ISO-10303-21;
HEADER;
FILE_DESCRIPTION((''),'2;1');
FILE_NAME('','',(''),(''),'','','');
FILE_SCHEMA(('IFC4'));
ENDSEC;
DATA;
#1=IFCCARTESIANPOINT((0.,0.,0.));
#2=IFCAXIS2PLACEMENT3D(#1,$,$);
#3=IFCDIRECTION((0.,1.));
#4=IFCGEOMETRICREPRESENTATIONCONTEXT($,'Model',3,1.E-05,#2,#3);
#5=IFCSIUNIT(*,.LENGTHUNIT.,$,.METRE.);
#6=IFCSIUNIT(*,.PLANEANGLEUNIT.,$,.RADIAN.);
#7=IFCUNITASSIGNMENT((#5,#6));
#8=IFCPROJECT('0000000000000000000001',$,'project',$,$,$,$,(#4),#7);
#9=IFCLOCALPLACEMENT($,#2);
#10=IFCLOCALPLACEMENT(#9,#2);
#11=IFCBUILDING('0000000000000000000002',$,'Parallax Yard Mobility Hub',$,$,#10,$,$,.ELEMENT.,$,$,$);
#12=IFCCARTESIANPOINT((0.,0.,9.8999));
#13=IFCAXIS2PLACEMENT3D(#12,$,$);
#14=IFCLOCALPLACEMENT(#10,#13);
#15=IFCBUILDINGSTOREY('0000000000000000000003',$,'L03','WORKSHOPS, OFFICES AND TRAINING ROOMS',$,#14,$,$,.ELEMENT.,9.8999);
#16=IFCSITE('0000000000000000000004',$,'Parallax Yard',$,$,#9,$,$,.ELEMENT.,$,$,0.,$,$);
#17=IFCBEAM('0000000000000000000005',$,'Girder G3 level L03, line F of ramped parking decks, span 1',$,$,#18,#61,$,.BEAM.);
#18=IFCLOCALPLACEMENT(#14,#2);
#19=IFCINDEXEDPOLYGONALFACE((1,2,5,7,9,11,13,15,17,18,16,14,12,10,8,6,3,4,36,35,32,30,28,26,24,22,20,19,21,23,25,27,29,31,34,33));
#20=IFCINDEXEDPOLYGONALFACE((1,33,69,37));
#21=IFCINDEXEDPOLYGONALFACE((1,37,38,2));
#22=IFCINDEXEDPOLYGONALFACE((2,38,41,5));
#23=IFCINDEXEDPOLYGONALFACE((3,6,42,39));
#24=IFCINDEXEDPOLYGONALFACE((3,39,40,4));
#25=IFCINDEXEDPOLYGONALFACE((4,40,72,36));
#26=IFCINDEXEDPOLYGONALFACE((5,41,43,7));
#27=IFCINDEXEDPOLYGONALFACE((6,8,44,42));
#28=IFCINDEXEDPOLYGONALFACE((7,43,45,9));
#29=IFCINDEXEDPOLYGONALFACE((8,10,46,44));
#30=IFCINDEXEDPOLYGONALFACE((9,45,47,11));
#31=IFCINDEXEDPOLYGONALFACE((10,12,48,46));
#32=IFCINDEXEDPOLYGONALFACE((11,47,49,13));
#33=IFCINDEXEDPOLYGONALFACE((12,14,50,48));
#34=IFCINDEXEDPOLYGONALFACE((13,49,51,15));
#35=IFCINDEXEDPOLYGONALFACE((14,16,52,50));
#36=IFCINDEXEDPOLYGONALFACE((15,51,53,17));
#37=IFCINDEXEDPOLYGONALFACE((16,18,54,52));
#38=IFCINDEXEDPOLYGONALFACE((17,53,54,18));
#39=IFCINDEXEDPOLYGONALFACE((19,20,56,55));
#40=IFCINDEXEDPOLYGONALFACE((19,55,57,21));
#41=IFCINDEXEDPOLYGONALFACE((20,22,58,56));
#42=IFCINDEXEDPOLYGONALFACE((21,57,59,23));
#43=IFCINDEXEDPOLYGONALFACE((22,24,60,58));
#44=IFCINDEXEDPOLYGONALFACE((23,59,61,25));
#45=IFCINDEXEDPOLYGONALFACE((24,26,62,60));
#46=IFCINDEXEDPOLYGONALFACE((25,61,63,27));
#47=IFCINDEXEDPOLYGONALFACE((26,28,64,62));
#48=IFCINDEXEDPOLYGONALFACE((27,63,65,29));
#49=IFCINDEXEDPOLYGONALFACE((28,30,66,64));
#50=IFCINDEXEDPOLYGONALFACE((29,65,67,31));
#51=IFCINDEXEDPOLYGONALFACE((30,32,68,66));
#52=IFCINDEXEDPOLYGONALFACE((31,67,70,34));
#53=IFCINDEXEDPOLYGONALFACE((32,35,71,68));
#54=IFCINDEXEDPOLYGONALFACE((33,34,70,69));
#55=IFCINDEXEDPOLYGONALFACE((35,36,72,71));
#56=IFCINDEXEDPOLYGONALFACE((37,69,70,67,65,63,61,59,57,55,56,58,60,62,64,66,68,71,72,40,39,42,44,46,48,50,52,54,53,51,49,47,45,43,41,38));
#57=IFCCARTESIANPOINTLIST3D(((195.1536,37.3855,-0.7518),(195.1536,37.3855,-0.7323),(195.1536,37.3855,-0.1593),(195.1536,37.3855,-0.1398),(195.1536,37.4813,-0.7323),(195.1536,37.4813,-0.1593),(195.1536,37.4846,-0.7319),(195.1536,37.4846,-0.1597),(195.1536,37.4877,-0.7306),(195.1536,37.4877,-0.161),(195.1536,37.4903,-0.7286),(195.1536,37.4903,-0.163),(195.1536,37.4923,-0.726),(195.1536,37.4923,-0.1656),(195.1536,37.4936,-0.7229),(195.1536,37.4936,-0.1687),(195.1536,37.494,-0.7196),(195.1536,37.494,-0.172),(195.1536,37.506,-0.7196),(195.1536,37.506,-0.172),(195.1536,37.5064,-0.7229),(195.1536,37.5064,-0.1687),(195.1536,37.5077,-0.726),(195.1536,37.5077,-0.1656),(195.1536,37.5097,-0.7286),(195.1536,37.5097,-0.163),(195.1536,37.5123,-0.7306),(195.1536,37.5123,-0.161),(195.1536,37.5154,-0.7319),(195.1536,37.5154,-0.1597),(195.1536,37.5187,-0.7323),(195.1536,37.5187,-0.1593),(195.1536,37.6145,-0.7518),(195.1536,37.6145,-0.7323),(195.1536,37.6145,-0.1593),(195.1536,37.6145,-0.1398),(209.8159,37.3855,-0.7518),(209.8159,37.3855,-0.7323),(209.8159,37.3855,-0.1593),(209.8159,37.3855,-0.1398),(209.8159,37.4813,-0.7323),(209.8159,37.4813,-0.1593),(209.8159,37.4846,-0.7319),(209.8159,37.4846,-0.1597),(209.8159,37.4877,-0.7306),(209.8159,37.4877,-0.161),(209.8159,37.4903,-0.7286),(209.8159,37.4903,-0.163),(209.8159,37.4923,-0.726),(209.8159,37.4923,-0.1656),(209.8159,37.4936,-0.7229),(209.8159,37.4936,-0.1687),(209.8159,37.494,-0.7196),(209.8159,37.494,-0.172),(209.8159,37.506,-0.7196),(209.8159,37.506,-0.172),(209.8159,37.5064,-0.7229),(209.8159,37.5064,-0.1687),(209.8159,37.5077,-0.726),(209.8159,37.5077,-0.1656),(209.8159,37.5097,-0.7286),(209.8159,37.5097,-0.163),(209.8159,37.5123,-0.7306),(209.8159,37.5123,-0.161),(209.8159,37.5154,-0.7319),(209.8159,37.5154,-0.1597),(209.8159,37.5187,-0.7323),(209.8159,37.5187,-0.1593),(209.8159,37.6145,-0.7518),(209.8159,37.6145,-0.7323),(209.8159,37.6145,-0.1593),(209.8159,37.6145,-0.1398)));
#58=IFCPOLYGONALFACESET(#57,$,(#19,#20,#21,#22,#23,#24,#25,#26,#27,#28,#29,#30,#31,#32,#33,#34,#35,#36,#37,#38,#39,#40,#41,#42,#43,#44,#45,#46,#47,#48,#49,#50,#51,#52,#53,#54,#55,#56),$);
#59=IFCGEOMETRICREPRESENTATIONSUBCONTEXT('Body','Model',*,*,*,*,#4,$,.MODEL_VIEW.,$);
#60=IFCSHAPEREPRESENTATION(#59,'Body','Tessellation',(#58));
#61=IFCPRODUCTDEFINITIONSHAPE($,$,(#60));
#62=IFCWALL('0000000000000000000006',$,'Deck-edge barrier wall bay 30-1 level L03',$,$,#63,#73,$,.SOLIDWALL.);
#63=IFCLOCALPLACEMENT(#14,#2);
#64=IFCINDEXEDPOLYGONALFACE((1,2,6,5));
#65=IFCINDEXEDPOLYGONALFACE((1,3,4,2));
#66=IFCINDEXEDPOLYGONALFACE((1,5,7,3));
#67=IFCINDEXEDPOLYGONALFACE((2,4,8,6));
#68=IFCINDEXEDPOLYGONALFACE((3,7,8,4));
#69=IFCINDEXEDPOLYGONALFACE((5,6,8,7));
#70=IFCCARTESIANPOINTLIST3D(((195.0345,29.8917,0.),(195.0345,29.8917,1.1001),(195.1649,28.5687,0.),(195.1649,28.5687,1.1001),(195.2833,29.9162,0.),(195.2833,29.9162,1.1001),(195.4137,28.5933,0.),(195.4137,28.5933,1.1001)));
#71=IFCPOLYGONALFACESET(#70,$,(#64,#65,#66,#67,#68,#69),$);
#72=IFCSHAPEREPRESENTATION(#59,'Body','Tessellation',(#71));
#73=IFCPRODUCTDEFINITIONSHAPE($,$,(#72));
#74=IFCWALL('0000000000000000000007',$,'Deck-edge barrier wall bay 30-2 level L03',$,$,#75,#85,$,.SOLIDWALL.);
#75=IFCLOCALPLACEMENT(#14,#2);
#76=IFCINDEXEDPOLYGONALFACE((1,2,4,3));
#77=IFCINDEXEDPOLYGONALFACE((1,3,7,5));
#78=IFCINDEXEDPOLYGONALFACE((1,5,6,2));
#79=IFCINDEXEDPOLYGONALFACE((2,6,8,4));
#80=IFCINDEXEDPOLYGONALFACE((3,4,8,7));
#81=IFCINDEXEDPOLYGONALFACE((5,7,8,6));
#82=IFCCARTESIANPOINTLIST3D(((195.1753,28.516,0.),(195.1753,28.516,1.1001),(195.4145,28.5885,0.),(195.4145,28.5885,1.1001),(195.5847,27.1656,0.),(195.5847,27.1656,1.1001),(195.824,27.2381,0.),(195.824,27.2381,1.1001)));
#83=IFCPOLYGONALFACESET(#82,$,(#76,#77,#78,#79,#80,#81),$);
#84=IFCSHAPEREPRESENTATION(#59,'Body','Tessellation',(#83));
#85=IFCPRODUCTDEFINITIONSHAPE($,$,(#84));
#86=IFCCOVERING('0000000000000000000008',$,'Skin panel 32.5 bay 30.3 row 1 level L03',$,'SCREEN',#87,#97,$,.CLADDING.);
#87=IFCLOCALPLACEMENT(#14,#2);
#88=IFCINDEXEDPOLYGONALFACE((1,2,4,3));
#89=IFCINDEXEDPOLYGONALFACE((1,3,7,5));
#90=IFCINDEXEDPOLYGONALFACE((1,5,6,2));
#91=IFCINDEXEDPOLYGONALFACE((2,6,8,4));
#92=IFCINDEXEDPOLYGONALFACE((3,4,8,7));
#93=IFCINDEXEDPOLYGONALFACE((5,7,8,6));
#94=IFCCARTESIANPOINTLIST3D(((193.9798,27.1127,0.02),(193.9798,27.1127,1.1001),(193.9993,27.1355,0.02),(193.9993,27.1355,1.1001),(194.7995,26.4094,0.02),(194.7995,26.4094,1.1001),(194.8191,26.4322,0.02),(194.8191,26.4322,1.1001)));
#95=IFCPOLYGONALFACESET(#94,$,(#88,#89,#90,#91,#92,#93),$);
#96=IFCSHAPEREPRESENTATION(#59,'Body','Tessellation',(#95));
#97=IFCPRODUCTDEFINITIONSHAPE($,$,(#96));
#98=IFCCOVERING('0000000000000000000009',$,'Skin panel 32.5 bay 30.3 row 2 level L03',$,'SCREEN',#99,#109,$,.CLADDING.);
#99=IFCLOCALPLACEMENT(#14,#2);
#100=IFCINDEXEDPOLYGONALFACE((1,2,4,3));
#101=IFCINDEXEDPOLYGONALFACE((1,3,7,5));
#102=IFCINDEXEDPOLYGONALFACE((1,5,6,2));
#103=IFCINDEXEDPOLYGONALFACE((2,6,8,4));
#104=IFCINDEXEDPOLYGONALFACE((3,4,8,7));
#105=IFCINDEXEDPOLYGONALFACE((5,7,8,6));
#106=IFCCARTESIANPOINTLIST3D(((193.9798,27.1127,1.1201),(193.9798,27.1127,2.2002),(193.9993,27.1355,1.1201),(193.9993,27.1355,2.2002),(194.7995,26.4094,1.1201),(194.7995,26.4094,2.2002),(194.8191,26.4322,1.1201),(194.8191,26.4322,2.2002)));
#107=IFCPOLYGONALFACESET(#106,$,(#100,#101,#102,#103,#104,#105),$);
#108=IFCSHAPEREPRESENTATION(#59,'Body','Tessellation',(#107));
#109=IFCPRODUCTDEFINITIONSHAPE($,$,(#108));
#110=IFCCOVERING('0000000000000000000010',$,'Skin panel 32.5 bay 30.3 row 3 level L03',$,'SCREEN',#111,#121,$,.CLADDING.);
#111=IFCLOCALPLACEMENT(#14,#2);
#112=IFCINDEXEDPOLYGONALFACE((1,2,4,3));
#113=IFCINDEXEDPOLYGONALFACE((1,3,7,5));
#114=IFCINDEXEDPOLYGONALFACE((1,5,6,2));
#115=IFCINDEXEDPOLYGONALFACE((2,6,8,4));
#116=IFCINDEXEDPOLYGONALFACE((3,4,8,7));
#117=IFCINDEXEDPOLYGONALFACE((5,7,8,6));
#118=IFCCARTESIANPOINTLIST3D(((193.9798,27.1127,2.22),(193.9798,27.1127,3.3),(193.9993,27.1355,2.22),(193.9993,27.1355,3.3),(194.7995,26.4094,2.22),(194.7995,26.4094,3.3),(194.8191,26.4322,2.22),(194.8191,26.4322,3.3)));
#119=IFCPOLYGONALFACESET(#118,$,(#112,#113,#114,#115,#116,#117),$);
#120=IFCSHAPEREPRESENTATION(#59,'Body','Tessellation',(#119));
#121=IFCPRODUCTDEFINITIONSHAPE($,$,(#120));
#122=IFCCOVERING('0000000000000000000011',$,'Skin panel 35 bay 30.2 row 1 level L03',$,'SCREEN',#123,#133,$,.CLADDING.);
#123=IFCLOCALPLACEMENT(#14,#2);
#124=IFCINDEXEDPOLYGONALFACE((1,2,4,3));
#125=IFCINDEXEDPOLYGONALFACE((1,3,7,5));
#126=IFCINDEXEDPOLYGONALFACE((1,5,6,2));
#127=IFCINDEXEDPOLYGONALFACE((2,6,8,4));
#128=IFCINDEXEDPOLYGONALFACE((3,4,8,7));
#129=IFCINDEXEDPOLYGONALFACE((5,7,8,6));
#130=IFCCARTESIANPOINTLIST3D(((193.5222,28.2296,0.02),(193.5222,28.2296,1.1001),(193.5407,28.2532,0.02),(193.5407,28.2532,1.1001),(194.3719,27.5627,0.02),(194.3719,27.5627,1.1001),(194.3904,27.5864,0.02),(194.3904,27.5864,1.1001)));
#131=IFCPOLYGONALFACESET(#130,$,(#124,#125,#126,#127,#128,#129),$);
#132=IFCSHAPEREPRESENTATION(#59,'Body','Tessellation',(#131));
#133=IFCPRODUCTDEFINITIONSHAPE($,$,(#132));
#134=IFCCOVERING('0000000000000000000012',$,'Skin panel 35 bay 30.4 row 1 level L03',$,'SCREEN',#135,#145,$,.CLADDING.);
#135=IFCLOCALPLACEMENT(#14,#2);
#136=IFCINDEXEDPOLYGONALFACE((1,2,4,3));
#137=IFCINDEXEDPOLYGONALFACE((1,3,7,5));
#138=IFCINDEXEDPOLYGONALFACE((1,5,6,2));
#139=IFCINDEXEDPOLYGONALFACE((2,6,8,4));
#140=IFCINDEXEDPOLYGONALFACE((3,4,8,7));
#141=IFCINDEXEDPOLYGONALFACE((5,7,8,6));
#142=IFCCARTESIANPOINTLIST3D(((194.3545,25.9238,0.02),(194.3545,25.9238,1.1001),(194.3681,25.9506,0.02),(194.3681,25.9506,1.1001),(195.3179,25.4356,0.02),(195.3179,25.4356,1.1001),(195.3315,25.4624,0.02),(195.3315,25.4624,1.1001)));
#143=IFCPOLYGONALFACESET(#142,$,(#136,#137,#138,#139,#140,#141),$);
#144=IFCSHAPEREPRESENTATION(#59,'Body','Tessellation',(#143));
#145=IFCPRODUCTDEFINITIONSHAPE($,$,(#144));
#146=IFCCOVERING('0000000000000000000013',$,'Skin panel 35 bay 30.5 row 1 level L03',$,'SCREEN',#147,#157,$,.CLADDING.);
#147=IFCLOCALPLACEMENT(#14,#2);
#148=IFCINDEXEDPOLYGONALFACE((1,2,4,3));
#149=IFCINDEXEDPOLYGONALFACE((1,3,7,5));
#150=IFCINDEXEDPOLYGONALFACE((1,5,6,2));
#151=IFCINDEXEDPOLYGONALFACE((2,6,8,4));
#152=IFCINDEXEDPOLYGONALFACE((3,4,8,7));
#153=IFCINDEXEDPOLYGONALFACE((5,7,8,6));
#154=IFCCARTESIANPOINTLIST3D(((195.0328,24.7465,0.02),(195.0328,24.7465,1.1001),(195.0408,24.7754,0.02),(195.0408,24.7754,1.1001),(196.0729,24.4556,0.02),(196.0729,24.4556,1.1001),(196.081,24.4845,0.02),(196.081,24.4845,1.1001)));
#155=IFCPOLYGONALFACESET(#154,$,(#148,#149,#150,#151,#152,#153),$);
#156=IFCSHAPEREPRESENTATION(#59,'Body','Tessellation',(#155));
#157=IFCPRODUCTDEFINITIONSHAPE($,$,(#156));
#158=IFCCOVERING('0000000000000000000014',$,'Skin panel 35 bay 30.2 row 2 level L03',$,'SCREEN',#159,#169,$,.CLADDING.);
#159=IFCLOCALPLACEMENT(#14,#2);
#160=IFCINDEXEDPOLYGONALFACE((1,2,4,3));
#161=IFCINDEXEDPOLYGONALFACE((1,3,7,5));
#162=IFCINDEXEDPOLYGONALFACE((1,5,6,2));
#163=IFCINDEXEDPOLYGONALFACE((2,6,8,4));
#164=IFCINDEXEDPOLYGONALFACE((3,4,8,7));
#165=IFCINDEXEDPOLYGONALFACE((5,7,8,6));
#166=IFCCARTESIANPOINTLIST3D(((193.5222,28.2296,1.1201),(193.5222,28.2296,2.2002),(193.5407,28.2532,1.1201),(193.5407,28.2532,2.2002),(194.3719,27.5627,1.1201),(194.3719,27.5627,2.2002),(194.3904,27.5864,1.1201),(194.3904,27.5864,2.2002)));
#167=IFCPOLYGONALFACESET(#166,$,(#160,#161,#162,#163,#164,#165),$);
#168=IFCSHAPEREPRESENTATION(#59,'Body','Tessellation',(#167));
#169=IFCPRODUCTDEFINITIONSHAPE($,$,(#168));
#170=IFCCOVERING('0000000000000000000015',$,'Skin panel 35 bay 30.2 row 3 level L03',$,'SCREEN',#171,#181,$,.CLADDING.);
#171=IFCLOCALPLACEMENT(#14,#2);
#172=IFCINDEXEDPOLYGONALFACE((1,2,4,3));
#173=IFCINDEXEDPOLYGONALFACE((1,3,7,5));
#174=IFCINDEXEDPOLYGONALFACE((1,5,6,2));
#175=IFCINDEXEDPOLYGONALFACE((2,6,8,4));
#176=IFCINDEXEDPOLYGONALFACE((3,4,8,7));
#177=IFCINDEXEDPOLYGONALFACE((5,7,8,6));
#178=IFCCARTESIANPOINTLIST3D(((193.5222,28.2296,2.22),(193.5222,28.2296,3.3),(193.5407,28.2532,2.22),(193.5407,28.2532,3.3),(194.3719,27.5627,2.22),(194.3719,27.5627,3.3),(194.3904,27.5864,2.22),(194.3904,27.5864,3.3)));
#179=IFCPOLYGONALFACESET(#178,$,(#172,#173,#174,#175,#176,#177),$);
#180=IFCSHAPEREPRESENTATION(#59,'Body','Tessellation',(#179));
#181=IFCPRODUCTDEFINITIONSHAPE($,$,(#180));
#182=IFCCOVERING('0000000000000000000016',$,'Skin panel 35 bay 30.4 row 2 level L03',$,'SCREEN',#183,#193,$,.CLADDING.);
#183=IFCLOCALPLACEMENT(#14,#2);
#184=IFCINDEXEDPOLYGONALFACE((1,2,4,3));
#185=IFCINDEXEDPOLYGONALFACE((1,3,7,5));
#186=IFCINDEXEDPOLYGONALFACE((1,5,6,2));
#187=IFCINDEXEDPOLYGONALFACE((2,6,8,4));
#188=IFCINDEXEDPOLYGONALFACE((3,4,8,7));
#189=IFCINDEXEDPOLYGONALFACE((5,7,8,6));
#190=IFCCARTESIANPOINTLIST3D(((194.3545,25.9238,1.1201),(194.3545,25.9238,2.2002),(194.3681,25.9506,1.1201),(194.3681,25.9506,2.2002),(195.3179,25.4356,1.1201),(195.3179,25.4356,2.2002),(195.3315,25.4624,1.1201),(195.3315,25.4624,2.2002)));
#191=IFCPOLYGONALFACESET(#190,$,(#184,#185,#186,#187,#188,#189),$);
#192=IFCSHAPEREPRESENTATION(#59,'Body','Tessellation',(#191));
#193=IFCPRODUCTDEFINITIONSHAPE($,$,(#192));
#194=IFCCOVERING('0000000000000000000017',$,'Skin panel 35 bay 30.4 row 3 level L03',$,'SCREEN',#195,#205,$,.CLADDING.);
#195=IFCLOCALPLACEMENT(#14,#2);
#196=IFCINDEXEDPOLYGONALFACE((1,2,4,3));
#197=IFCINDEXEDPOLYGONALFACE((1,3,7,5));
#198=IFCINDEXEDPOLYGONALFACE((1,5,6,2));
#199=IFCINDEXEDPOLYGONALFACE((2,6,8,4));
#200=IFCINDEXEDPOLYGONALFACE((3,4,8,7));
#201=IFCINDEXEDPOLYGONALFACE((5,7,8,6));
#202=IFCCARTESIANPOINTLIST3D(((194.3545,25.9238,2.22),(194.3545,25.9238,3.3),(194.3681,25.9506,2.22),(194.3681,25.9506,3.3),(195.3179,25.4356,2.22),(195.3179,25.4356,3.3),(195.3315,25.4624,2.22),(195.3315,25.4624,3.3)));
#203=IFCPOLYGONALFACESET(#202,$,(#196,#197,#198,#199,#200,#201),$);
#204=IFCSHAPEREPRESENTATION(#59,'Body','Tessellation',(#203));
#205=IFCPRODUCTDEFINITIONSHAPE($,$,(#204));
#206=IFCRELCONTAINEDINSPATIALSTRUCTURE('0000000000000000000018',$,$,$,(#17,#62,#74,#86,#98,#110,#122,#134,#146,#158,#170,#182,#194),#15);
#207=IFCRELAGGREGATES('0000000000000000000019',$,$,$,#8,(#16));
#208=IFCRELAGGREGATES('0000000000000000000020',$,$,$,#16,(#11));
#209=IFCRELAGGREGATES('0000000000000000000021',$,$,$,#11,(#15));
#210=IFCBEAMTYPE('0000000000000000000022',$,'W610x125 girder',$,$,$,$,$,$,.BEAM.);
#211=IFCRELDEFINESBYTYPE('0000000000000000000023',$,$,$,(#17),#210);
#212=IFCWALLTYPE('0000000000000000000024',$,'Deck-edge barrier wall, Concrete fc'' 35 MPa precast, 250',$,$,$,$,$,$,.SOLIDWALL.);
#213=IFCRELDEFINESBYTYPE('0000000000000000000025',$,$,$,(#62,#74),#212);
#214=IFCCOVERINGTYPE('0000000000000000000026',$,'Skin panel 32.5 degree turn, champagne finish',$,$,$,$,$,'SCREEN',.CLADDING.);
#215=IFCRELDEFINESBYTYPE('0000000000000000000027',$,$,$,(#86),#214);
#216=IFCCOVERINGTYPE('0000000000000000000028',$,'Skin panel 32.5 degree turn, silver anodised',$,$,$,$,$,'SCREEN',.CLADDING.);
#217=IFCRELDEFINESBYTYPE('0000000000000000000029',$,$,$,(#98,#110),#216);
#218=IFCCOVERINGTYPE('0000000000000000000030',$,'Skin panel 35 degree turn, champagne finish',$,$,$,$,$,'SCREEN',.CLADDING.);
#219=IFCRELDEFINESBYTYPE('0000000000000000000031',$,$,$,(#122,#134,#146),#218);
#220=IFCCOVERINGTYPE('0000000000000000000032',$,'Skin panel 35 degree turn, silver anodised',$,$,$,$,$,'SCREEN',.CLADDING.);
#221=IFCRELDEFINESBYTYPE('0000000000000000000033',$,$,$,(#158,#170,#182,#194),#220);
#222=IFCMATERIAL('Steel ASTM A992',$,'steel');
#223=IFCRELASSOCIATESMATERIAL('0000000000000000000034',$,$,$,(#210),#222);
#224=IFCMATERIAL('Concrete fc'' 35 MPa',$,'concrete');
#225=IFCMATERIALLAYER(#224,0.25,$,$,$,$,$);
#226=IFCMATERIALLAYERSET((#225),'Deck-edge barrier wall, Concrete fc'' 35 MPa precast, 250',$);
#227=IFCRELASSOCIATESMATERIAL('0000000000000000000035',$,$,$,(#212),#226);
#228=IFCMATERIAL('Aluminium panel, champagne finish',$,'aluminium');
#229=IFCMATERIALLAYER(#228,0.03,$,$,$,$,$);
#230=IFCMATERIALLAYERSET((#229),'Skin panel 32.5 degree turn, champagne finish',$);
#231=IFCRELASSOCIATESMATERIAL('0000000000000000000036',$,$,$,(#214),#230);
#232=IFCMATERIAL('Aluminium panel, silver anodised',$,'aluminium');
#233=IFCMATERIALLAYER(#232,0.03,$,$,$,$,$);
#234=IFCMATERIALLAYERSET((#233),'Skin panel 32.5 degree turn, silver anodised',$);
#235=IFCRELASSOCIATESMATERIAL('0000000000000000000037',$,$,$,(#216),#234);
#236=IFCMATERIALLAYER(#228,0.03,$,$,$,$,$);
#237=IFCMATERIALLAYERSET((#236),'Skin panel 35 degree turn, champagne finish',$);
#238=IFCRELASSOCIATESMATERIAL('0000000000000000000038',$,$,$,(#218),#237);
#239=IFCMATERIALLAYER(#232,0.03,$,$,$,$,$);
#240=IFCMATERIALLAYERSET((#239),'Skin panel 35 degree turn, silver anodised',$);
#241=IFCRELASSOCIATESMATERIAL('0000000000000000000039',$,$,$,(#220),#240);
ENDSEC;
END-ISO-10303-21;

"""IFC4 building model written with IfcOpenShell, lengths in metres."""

from ifc_helpers import new_model, si_unit, direction, frame, frame_2d, origin, origin_2d, place, context, subcontext, project, spatial, rectangle, i_section, extrude, material, layer, layer_set, material_profile, profile_set, type_object, element, save


model = new_model("IFC4")

# Units and contexts
model_context = context("Model", 3, precision=1e-05, world=origin(), true_north=direction((0.0, 1.0)))
body_context = subcontext(model_context, "Body", "Model", "MODEL_VIEW")
ifc_project = project(units=[si_unit("LENGTHUNIT", "METRE"), si_unit("PLANEANGLEUNIT", "RADIAN")], contexts=[model_context])

# Site, building, storey
site_placement = place(None, origin())
site = spatial("IfcSite", under=ifc_project, at=site_placement, Name="Parallax Yard", CompositionType="ELEMENT", RefElevation=0.0)
building_placement = place(site_placement, origin())
building = spatial("IfcBuilding", under=site, at=building_placement, Name="Parallax Yard Mobility Hub", CompositionType="ELEMENT")
storey_placement = place(building_placement, frame((0.0, 0.0, 9.8999)))
storey = spatial("IfcBuildingStorey", under=building, at=storey_placement, Name="L03", Description="WORKSHOPS, OFFICES AND TRAINING ROOMS", CompositionType="ELEMENT", Elevation=9.8999)

# Shared definitions
ifc_material_1 = material(Name="Steel ASTM A992", Category="steel")

# Beam
ifc_material_profile_1 = material_profile(ifc_material_1, i_section(OverallWidth=0.229, OverallDepth=0.6121, WebThickness=0.012, FlangeThickness=0.0195, FilletRadius=0.0127, at=origin_2d()), Name="W610x125")
ifc_profile_set_1 = profile_set([ifc_material_profile_1], Name="Steel ASTM A992")
beam_type_1 = type_object("IfcBeamType", Name="W610x125 girder", PredefinedType="BEAM", material=ifc_profile_set_1)
beam_1_placement = place(storey_placement, frame((195.1536, 37.5, -0.4458), z_axis=(1.0, 0.0, 0.0), x_axis=(0.0, 1.0, 0.0)))
element("IfcBeam", 1, at=beam_1_placement, inside=storey, type_object=beam_type_1, Name="Girder G3 level L03, line F of ramped parking decks, span 1", PredefinedType="BEAM", context=body_context, shape_type="SweptSolid", body=[
    extrude(i_section(OverallWidth=0.229, OverallDepth=0.6121, WebThickness=0.012, FlangeThickness=0.0195, FilletRadius=0.0127, at=origin_2d()), origin(), (0.0, 0.0, 1.0), 14.6624),
])

# Walls
ifc_material_2 = material(Name="Concrete fc' 35 MPa", Category="concrete")
ifc_layer_1 = layer(ifc_material_2, 0.25)
ifc_layer_set_1 = layer_set([ifc_layer_1], Name="Deck-edge barrier wall, Concrete fc' 35 MPa precast, 250")
wall_type = type_object("IfcWallType", Name="Deck-edge barrier wall, Concrete fc' 35 MPa precast, 250", PredefinedType="SOLIDWALL", material=ifc_layer_set_1)
wall_1_placement = place(storey_placement, frame((195.1589, 29.9038, 0.0), z_axis=(0.0, 0.0, 1.0), x_axis=(0.098067, -0.99518, 0.0)))
element("IfcWall", 2, at=wall_1_placement, inside=storey, type_object=wall_type, Name="Deck-edge barrier wall bay 30-1 level L03", PredefinedType="SOLIDWALL", context=body_context, shape_type="SweptSolid", body=[
    extrude(rectangle(XDim=1.3293, YDim=0.25, at=frame_2d((0.6646, 0.0))), origin(), (0.0, 0.0, 1.0), 1.1001),
])
wall_2_placement = place(storey_placement, frame((195.2949, 28.5522, 0.0), z_axis=(0.0, 0.0, 1.0), x_axis=(0.290156, -0.956979, 0.0)))
element("IfcWall", 3, at=wall_2_placement, inside=storey, type_object=wall_type, Name="Deck-edge barrier wall bay 30-2 level L03", PredefinedType="SOLIDWALL", context=body_context, shape_type="SweptSolid", body=[
    extrude(rectangle(XDim=1.4111, YDim=0.25, at=frame_2d((0.7056, 0.0))), origin(), (0.0, 0.0, 1.0), 1.1001),
])

# Coverings
ifc_material_3 = material(Name="Aluminium panel, champagne finish", Category="aluminium")
ifc_layer_2 = layer(ifc_material_3, 0.03)
ifc_layer_set_2 = layer_set([ifc_layer_2], Name="Skin panel 32.5 degree turn, champagne finish")
covering_type_1 = type_object("IfcCoveringType", Name="Skin panel 32.5 degree turn, champagne finish", ElementType="SCREEN", PredefinedType="CLADDING", material=ifc_layer_set_2)
covering_placement = place(storey_placement, frame((194.3994, 26.7725, 0.02), z_axis=(0.0, 0.0, 1.0), x_axis=(-0.758987, 0.651105, 0.0)))
element("IfcCovering", 4, at=covering_placement, inside=storey, type_object=covering_type_1, Name="Skin panel 32.5 bay 30.3 row 1 level L03", ObjectType="SCREEN", PredefinedType="CLADDING", context=body_context, shape_type="SweptSolid", body=[
    extrude(rectangle(XDim=1.0801, YDim=0.03, at=origin_2d()), origin(), (0.0, 0.0, 1.0), 1.0801),
])
ifc_material_4 = material(Name="Aluminium panel, silver anodised", Category="aluminium")
ifc_layer_3 = layer(ifc_material_4, 0.03)
ifc_layer_set_3 = layer_set([ifc_layer_3], Name="Skin panel 32.5 degree turn, silver anodised")
covering_type_2 = type_object("IfcCoveringType", Name="Skin panel 32.5 degree turn, silver anodised", ElementType="SCREEN", PredefinedType="CLADDING", material=ifc_layer_set_3)
for number, where, z_axis, x_axis, name in (
    (5, (194.3994, 26.7725, 1.1201), (0.0, 0.0, 1.0), (-0.758987, 0.651105, 0.0), "Skin panel 32.5 bay 30.3 row 2 level L03"),
    (6, (194.3994, 26.7725, 2.22), (0.0, 0.0, 1.0), (-0.758987, 0.651105, 0.0), "Skin panel 32.5 bay 30.3 row 3 level L03"),
):
    element("IfcCovering", number, at=place(storey_placement, frame(where, z_axis=z_axis, x_axis=x_axis)), inside=storey, type_object=covering_type_2, Name=name, ObjectType="SCREEN", PredefinedType="CLADDING", context=body_context, shape_type="SweptSolid", body=[
        extrude(rectangle(XDim=1.0801, YDim=0.03, at=origin_2d()), origin(), (0.0, 0.0, 1.0), 1.0801),
    ])
ifc_layer_4 = layer(ifc_material_3, 0.03)
ifc_layer_set_4 = layer_set([ifc_layer_4], Name="Skin panel 35 degree turn, champagne finish")
covering_type_3 = type_object("IfcCoveringType", Name="Skin panel 35 degree turn, champagne finish", ElementType="SCREEN", PredefinedType="CLADDING", material=ifc_layer_set_4)
for number, where, z_axis, x_axis, name in (
    (7, (193.9563, 27.908, 0.02), (0.0, 0.0, 1.0), (-0.786666, 0.617379, 0.0), "Skin panel 35 bay 30.2 row 1 level L03"),
    (8, (194.843, 25.6931, 0.02), (0.0, 0.0, 1.0), (-0.891995, 0.452046, 0.0), "Skin panel 35 bay 30.4 row 1 level L03"),
    (9, (195.5569, 24.6155, 0.02), (0.0, 0.0, 1.0), (-0.963045, 0.26934, 0.0), "Skin panel 35 bay 30.5 row 1 level L03"),
):
    element("IfcCovering", number, at=place(storey_placement, frame(where, z_axis=z_axis, x_axis=x_axis)), inside=storey, type_object=covering_type_3, Name=name, ObjectType="SCREEN", PredefinedType="CLADDING", context=body_context, shape_type="SweptSolid", body=[
        extrude(rectangle(XDim=1.0801, YDim=0.03, at=origin_2d()), origin(), (0.0, 0.0, 1.0), 1.0801),
    ])
ifc_layer_5 = layer(ifc_material_4, 0.03)
ifc_layer_set_5 = layer_set([ifc_layer_5], Name="Skin panel 35 degree turn, silver anodised")
covering_type_4 = type_object("IfcCoveringType", Name="Skin panel 35 degree turn, silver anodised", ElementType="SCREEN", PredefinedType="CLADDING", material=ifc_layer_set_5)
for number, where, z_axis, x_axis, name in (
    (10, (193.9563, 27.908, 1.1201), (0.0, 0.0, 1.0), (-0.786666, 0.617379, 0.0), "Skin panel 35 bay 30.2 row 2 level L03"),
    (11, (193.9563, 27.908, 2.22), (0.0, 0.0, 1.0), (-0.786666, 0.617379, 0.0), "Skin panel 35 bay 30.2 row 3 level L03"),
    (12, (194.843, 25.6931, 1.1201), (0.0, 0.0, 1.0), (-0.891995, 0.452046, 0.0), "Skin panel 35 bay 30.4 row 2 level L03"),
    (13, (194.843, 25.6931, 2.22), (0.0, 0.0, 1.0), (-0.891995, 0.452046, 0.0), "Skin panel 35 bay 30.4 row 3 level L03"),
):
    element("IfcCovering", number, at=place(storey_placement, frame(where, z_axis=z_axis, x_axis=x_axis)), inside=storey, type_object=covering_type_4, Name=name, ObjectType="SCREEN", PredefinedType="CLADDING", context=body_context, shape_type="SweptSolid", body=[
        extrude(rectangle(XDim=1.0801, YDim=0.03, at=origin_2d()), origin(), (0.0, 0.0, 1.0), 1.0801),
    ])

save(model, "model.ifc")
